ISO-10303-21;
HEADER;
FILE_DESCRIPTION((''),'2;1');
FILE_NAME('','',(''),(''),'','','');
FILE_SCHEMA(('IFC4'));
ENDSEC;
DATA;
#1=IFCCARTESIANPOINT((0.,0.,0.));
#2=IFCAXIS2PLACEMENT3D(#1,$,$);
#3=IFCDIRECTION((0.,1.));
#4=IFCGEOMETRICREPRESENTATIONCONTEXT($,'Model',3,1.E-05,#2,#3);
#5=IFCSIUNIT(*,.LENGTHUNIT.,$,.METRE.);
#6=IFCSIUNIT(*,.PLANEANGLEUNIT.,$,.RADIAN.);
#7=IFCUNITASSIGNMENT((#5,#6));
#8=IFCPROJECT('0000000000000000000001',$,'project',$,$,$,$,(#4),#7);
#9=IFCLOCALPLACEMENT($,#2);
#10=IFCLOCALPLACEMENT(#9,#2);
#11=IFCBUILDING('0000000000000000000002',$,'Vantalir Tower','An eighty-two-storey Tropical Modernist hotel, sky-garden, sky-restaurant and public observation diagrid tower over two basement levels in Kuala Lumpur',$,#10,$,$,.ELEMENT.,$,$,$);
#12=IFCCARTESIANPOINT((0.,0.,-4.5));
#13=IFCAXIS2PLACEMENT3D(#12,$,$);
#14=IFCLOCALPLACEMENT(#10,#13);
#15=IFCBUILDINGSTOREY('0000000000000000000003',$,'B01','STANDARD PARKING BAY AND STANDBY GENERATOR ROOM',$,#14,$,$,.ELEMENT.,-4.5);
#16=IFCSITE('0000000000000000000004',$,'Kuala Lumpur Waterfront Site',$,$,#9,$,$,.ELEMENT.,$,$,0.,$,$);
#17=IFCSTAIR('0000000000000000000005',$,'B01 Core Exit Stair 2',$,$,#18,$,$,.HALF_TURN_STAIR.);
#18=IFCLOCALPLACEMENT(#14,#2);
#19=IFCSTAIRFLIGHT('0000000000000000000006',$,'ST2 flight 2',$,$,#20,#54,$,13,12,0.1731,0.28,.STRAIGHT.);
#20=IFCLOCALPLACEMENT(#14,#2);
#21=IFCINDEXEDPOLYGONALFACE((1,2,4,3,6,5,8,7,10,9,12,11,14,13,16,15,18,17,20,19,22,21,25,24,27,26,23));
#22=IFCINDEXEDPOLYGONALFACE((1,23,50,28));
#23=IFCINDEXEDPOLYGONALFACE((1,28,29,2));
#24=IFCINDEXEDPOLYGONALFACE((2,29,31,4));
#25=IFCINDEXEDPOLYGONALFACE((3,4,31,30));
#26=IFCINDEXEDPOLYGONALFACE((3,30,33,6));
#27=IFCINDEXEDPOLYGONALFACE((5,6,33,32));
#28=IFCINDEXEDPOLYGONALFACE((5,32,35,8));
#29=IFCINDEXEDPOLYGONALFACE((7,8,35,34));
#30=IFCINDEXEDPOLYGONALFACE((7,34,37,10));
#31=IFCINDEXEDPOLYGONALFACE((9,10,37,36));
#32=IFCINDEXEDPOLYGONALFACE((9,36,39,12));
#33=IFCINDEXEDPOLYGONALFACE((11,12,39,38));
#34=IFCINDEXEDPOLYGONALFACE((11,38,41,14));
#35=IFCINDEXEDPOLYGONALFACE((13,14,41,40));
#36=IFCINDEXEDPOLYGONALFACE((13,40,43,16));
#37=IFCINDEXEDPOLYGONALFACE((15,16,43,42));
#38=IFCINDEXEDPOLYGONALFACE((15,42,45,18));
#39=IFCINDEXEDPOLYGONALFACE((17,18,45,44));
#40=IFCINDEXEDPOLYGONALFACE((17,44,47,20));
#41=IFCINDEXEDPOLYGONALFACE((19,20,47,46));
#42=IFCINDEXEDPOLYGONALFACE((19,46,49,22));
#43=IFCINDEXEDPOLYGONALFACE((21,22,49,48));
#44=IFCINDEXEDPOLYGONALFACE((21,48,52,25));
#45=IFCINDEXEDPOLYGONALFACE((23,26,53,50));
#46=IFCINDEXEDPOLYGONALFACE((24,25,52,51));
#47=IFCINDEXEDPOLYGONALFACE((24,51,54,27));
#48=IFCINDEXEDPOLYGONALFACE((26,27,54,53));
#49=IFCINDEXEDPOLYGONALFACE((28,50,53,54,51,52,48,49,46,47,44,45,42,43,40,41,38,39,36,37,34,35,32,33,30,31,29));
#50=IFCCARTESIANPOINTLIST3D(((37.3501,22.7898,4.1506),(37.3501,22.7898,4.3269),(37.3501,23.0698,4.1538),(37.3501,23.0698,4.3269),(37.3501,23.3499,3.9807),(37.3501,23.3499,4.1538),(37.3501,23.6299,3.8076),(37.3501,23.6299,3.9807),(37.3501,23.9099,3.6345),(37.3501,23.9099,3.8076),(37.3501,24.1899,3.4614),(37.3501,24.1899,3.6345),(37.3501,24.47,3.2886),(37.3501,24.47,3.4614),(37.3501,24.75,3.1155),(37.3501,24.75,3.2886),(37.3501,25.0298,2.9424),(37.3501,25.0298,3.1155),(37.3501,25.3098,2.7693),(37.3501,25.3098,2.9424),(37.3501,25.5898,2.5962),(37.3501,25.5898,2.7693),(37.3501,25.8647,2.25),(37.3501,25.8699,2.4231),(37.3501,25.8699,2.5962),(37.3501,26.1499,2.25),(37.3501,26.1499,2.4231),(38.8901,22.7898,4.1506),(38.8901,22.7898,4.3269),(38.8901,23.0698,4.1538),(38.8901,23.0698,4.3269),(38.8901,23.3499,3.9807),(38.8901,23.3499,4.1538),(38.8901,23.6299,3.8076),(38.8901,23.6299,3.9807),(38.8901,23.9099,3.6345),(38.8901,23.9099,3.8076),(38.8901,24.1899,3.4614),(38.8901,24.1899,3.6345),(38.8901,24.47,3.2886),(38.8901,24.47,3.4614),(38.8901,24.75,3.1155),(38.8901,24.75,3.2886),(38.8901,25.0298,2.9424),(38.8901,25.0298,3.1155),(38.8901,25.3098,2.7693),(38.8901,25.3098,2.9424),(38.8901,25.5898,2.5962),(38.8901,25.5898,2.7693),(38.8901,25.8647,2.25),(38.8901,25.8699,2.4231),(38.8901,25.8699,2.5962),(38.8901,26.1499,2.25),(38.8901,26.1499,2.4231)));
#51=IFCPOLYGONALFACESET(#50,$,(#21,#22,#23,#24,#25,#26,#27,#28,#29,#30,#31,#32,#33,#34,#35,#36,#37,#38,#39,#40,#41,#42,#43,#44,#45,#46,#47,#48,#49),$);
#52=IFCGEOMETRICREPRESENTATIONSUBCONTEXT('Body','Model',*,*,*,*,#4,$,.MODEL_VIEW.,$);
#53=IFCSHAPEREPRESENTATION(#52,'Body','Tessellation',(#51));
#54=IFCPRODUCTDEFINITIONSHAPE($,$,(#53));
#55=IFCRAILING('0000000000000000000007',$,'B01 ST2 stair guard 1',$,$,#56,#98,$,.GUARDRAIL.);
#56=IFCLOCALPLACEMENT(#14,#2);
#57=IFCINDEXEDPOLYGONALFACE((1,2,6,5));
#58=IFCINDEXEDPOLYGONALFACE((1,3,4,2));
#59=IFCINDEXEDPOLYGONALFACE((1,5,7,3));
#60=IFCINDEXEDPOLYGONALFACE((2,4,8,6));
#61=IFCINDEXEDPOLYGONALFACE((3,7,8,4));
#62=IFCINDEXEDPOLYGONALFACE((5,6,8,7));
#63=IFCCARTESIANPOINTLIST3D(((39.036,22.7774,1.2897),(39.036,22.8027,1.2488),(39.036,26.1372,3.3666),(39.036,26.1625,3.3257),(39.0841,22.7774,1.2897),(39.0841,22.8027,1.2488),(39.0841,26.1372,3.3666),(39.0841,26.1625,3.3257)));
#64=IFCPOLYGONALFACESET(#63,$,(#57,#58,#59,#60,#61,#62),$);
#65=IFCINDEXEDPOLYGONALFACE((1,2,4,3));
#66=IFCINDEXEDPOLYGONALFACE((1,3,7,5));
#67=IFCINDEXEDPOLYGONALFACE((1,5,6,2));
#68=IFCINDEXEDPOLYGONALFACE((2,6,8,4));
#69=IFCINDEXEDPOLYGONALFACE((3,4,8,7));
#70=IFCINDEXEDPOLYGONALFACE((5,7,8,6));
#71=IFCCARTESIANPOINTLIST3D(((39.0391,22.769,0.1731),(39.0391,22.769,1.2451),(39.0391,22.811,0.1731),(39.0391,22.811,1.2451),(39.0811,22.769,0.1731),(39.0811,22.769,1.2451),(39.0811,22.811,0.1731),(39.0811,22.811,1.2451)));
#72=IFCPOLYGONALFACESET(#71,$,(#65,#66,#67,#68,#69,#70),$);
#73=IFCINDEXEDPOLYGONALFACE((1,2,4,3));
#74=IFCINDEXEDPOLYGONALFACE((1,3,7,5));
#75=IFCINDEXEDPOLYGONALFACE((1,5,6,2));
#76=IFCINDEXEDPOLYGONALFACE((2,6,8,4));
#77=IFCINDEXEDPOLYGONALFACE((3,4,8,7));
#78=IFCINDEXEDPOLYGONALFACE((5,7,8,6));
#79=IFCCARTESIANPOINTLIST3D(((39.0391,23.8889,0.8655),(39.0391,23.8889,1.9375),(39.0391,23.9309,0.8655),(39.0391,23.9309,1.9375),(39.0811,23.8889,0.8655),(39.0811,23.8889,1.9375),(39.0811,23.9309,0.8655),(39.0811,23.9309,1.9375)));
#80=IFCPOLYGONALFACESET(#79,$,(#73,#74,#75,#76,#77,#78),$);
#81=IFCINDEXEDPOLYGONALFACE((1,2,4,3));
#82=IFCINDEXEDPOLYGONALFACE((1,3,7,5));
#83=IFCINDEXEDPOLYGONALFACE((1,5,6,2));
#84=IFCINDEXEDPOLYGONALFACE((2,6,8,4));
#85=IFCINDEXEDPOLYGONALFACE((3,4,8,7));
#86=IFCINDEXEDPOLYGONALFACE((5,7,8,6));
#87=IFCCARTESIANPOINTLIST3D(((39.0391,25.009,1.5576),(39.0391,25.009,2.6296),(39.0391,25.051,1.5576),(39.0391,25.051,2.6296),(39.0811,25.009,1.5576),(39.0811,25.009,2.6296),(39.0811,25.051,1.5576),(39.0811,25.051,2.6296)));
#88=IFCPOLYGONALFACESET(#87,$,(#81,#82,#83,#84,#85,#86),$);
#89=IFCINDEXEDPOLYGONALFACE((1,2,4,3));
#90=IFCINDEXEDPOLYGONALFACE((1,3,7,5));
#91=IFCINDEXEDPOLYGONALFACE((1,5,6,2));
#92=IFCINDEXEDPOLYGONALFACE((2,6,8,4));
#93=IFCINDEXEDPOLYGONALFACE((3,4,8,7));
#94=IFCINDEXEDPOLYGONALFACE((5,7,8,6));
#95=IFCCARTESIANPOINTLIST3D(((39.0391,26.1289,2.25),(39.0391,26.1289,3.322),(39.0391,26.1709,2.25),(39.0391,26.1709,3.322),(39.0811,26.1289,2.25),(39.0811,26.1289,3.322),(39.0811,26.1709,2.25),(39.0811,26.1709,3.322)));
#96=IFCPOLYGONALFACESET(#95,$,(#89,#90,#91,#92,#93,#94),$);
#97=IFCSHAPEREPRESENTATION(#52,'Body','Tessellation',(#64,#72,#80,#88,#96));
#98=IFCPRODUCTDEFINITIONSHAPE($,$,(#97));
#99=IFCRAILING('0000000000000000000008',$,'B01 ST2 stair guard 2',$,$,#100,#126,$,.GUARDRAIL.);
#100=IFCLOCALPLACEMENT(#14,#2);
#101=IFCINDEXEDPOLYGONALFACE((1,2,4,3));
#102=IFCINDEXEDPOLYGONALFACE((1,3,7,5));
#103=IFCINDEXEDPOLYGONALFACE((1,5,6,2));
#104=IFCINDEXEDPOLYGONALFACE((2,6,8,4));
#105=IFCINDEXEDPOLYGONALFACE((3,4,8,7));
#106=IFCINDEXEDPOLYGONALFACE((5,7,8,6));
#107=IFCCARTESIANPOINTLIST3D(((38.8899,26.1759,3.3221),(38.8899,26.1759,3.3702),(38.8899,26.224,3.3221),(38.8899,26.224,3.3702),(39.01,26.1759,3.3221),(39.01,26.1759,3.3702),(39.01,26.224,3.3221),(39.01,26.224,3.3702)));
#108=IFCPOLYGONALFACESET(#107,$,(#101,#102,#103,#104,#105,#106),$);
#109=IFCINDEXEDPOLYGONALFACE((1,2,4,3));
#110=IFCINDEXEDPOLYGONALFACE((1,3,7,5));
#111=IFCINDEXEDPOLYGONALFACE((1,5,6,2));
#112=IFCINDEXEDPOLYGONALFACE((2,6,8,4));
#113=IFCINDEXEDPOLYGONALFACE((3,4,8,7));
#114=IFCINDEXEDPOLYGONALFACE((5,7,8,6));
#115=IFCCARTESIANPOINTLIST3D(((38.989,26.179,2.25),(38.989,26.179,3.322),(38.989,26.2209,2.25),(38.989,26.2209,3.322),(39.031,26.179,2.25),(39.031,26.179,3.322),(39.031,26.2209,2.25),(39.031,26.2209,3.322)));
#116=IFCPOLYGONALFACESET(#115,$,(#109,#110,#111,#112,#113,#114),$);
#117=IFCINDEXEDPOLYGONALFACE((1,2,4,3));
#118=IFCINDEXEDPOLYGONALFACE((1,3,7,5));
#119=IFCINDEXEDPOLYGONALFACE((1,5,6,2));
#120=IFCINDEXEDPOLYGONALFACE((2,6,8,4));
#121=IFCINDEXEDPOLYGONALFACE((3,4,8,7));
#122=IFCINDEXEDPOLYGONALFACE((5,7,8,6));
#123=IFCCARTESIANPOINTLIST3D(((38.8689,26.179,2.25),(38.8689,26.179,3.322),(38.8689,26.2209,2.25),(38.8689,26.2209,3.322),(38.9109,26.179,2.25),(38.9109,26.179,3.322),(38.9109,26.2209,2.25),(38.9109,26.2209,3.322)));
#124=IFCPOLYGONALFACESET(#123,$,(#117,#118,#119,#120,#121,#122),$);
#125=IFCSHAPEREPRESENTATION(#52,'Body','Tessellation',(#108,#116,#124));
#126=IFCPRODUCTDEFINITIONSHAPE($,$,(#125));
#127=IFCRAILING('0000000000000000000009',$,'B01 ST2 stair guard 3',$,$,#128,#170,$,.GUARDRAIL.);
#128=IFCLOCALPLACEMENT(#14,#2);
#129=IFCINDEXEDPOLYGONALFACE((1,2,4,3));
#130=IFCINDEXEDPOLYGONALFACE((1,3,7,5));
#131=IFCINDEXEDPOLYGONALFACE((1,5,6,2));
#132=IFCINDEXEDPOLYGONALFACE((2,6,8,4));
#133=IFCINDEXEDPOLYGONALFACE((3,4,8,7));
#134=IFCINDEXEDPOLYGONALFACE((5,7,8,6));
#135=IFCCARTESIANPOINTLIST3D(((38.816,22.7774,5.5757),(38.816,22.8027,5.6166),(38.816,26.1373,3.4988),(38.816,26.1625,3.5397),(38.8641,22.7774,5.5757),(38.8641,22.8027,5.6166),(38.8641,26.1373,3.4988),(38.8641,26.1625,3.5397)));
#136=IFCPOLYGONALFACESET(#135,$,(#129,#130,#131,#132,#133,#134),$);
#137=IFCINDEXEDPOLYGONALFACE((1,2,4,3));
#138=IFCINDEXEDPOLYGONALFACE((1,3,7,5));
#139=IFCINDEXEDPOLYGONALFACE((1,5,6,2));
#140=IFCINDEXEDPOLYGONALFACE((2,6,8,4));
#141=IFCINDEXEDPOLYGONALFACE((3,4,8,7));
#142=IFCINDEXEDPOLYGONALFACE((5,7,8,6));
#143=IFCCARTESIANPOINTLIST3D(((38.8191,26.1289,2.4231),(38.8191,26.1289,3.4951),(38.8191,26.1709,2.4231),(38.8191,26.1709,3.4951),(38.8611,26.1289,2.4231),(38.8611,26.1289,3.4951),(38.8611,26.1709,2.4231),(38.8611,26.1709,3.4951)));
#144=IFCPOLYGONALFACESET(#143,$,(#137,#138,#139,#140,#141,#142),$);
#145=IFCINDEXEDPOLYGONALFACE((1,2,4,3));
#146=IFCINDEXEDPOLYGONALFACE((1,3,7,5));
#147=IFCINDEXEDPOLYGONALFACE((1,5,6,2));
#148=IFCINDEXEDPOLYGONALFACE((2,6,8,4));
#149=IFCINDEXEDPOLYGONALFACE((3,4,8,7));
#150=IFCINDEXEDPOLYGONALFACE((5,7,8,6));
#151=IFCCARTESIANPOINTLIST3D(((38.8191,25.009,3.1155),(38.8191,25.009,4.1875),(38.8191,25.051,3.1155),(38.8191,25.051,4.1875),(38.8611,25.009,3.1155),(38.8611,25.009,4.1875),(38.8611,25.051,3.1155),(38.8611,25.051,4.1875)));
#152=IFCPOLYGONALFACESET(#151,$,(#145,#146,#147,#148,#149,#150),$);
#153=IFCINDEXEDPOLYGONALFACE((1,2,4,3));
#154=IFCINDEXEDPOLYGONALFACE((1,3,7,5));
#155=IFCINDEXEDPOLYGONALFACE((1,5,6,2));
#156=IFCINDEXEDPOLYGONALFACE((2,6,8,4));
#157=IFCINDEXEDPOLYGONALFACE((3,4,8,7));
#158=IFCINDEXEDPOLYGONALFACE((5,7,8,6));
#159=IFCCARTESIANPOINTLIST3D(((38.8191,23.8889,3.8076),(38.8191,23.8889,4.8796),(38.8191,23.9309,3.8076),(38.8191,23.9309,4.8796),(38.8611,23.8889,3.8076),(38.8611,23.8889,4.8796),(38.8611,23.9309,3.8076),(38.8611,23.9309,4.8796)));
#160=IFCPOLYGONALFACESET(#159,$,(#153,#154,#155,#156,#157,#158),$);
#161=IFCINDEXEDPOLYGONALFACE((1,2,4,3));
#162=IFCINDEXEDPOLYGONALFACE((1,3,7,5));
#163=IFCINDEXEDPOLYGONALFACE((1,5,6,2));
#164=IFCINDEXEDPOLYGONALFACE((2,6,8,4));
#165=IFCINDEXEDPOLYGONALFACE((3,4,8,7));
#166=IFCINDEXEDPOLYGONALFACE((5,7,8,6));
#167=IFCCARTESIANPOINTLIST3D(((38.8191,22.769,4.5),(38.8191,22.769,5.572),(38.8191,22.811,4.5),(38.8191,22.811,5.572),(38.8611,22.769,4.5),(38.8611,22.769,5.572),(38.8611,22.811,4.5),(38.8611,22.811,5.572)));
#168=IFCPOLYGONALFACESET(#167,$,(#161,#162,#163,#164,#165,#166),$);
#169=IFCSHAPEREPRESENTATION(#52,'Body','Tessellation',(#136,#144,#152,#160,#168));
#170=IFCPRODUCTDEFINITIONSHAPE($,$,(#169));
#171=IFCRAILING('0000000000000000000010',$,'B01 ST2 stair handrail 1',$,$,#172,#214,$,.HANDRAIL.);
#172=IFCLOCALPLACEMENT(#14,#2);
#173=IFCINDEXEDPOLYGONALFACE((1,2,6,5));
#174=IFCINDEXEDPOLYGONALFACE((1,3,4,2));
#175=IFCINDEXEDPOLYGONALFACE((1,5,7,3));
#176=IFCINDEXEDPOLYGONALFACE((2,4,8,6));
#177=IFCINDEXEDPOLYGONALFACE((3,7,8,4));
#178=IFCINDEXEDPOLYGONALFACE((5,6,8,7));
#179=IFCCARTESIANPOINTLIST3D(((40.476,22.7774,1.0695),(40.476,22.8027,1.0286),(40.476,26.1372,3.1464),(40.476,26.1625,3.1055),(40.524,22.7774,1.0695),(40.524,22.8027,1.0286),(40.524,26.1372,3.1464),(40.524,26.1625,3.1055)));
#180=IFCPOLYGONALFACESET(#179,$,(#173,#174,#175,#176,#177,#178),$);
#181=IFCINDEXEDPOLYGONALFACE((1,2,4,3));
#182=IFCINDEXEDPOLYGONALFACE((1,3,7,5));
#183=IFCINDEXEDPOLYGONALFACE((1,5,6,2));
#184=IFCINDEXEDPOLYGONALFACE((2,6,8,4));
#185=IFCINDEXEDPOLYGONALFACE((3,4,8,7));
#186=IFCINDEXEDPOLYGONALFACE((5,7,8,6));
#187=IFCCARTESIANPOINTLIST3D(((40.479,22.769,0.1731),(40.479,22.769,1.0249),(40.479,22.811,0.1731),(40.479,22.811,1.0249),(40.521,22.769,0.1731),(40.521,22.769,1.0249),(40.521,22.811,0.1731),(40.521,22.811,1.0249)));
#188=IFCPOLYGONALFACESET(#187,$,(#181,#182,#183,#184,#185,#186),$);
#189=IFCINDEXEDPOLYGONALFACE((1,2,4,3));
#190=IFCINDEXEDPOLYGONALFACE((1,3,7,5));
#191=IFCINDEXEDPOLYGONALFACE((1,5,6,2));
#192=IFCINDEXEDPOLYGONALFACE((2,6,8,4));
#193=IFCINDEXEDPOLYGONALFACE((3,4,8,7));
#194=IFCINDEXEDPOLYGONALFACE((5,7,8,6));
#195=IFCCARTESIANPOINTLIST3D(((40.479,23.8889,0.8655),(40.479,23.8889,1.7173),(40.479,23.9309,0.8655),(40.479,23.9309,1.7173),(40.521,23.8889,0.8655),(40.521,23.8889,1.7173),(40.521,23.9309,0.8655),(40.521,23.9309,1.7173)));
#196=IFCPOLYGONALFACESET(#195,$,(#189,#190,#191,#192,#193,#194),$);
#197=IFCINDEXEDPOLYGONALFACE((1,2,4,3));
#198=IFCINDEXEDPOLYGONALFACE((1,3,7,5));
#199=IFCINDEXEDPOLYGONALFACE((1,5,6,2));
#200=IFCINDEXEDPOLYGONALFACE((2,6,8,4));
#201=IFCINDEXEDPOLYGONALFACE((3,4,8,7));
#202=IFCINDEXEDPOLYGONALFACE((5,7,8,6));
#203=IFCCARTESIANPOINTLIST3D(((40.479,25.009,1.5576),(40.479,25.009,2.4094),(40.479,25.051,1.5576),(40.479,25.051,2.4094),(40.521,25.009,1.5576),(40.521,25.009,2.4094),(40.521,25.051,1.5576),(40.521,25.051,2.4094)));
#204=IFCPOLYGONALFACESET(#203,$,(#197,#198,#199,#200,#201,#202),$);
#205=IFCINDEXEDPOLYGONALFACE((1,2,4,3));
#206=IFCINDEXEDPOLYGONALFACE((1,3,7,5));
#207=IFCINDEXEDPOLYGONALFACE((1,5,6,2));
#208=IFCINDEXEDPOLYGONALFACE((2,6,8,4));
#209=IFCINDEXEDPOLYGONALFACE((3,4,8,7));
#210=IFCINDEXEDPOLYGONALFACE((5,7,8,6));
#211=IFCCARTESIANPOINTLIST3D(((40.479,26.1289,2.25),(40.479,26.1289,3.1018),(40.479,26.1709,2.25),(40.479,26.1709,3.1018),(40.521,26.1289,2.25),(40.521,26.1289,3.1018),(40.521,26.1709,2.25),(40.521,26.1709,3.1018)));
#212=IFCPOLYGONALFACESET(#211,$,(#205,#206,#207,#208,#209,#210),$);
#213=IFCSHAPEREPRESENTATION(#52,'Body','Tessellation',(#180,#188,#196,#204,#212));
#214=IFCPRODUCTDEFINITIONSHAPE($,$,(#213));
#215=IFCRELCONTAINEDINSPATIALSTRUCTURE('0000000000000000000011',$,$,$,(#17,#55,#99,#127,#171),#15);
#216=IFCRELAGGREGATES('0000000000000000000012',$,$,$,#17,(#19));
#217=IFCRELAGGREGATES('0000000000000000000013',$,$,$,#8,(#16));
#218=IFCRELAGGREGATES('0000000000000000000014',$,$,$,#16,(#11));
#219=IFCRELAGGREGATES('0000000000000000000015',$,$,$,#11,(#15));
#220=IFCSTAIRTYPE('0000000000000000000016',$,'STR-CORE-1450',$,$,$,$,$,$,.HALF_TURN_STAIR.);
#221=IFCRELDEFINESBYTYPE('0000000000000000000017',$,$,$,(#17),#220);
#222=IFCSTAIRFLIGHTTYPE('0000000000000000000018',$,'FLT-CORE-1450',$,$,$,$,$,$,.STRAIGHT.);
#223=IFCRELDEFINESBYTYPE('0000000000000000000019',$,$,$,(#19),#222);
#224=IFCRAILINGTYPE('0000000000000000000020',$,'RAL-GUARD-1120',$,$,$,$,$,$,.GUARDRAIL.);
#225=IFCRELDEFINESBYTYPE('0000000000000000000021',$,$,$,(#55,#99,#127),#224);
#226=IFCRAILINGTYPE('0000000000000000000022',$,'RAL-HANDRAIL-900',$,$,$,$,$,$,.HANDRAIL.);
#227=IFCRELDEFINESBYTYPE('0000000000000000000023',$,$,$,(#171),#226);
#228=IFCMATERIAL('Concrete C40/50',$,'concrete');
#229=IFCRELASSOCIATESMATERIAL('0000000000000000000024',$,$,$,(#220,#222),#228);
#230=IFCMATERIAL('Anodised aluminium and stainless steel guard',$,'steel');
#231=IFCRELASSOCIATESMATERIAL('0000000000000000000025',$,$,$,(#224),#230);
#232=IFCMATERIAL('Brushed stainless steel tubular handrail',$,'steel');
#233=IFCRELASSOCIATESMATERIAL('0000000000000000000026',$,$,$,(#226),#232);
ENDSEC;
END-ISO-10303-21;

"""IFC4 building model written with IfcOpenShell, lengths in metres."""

from ifc_helpers import new_model, si_unit, direction, frame, origin, origin_2d, place, context, subcontext, project, spatial, polyline, rectangle, outline, extrude, material, type_object, element, aggregate, save


model = new_model("IFC4")

# Units and contexts
model_context = context("Model", 3, precision=1e-05, world=origin(), true_north=direction((0.0, 1.0)))
body_context = subcontext(model_context, "Body", "Model", "MODEL_VIEW")
ifc_project = project(units=[si_unit("LENGTHUNIT", "METRE"), si_unit("PLANEANGLEUNIT", "RADIAN")], contexts=[model_context])

# Site, building, storey
site_placement = place(None, origin())
site = spatial("IfcSite", under=ifc_project, at=site_placement, Name="Kuala Lumpur Waterfront Site", CompositionType="ELEMENT", RefElevation=0.0)
building_placement = place(site_placement, origin())
building = spatial("IfcBuilding", under=site, at=building_placement, Name="Vantalir Tower", Description="An eighty-two-storey Tropical Modernist hotel, sky-garden, sky-restaurant and public observation diagrid tower over two basement levels in Kuala Lumpur", CompositionType="ELEMENT")
storey_placement = place(building_placement, frame((0.0, 0.0, -4.5)))
storey = spatial("IfcBuildingStorey", under=building, at=storey_placement, Name="B01", Description="STANDARD PARKING BAY AND STANDBY GENERATOR ROOM", CompositionType="ELEMENT", Elevation=-4.5)

# Stair, stair flight
ifc_material_1 = material(Name="Concrete C40/50", Category="concrete")
stair_type = type_object("IfcStairType", Name="STR-CORE-1450", PredefinedType="HALF_TURN_STAIR", material=ifc_material_1)
stair_placement = place(storey_placement, origin())
stair = element("IfcStair", 1, at=stair_placement, inside=storey, type_object=stair_type, Name="B01 Core Exit Stair 2", PredefinedType="HALF_TURN_STAIR")
stair_flight_type = type_object("IfcStairFlightType", Name="FLT-CORE-1450", PredefinedType="STRAIGHT", material=ifc_material_1)
stair_flight_1_placement = place(storey_placement, frame((38.1201, 26.1499, 2.25), z_axis=(0.0, 0.0, 1.0), x_axis=(0.0, -1.0, 0.0)))
stair_flight_1 = element("IfcStairFlight", 2, at=stair_flight_1_placement, type_object=stair_flight_type, Name="ST2 flight 2", NumberOfRisers=13, NumberOfTreads=12, PredefinedType="STRAIGHT", RiserHeight=0.1731, TreadLength=0.28, context=body_context, shape_type="SweptSolid", body=[
    extrude(outline(polyline([(0.0, 0.0), (0.0, 0.1731), (0.28, 0.1731), (0.28, 0.3462), (0.5601, 0.3462), (0.5601, 0.5193), (0.8401, 0.5193), (0.8401, 0.6924), (1.1201, 0.6924), (1.1201, 0.8655), (1.3999, 0.8655), (1.3999, 1.0386), (1.6799, 1.0386), (1.6799, 1.2114), (1.96, 1.2114), (1.96, 1.3845), (2.24, 1.3845), (2.24, 1.5576), (2.52, 1.5576), (2.52, 1.7307), (2.8, 1.7307), (2.8, 1.9038), (3.0801, 1.9038), (3.0801, 2.0769), (3.3601, 2.0769), (3.3601, 2.25), (3.3601, 1.9006), (0.2852, 0.0), (0.0, 0.0)])), frame((0.0, 0.77, 0.0), z_axis=(0.0, -1.0, 0.0), x_axis=(1.0, 0.0, 0.0)), (0.0, 0.0, 1.0), 1.54),
])
aggregate(stair, [stair_flight_1])

# Railings
ifc_material_2 = material(Name="Anodised aluminium and stainless steel guard", Category="steel")
railing_type_1 = type_object("IfcRailingType", Name="RAL-GUARD-1120", PredefinedType="GUARDRAIL", material=ifc_material_2)
railing_1_placement = place(storey_placement, frame((39.0601, 22.79, 0.1731)))
element("IfcRailing", 3, at=railing_1_placement, inside=storey, type_object=railing_type_1, Name="B01 ST2 stair guard 1", PredefinedType="GUARDRAIL", context=body_context, shape_type="SweptSolid", body=[
    extrude(rectangle(XDim=0.0481, YDim=0.0481, at=origin_2d()), frame((0.0, 0.0, 1.0962), z_axis=(0.0, 0.850606, 0.525803), x_axis=(-1.0, 0.0, 0.0)), (0.0, 0.0, 1.0), 3.95),
    extrude(rectangle(XDim=0.042, YDim=0.042, at=origin_2d()), origin(), (0.0, 0.0, 1.0), 1.072),
    extrude(rectangle(XDim=0.042, YDim=0.042, at=origin_2d()), frame((0.0, 1.1199, 0.6924)), (0.0, 0.0, 1.0), 1.072),
    extrude(rectangle(XDim=0.042, YDim=0.042, at=origin_2d()), frame((0.0, 2.24, 1.3845)), (0.0, 0.0, 1.0), 1.072),
    extrude(rectangle(XDim=0.042, YDim=0.042, at=origin_2d()), frame((0.0, 3.3599, 2.0769)), (0.0, 0.0, 1.0), 1.072),
])
railing_2_placement = place(storey_placement, frame((39.01, 26.2, 2.25)))
element("IfcRailing", 4, at=railing_2_placement, inside=storey, type_object=railing_type_1, Name="B01 ST2 stair guard 2", PredefinedType="GUARDRAIL", context=body_context, shape_type="SweptSolid", body=[
    extrude(rectangle(XDim=0.0481, YDim=0.0481, at=origin_2d()), frame((0.0, 0.0, 1.0962), z_axis=(-1.0, 0.0, 0.0), x_axis=(0.0, -1.0, 0.0)), (0.0, 0.0, 1.0), 0.1201),
    extrude(rectangle(XDim=0.042, YDim=0.042, at=origin_2d()), origin(), (0.0, 0.0, 1.0), 1.072),
    extrude(rectangle(XDim=0.042, YDim=0.042, at=origin_2d()), frame((-0.1201, 0.0, 0.0)), (0.0, 0.0, 1.0), 1.072),
])
railing_3_placement = place(storey_placement, frame((38.8401, 26.1499, 2.4231)))
element("IfcRailing", 5, at=railing_3_placement, inside=storey, type_object=railing_type_1, Name="B01 ST2 stair guard 3", PredefinedType="GUARDRAIL", context=body_context, shape_type="SweptSolid", body=[
    extrude(rectangle(XDim=0.0481, YDim=0.0481, at=origin_2d()), frame((0.0, 0.0, 1.0962), z_axis=(0.0, -0.850606, 0.525803), x_axis=(1.0, 0.0, 0.0)), (0.0, 0.0, 1.0), 3.95),
    extrude(rectangle(XDim=0.042, YDim=0.042, at=origin_2d()), origin(), (0.0, 0.0, 1.0), 1.072),
    extrude(rectangle(XDim=0.042, YDim=0.042, at=origin_2d()), frame((0.0, -1.1199, 0.6924)), (0.0, 0.0, 1.0), 1.072),
    extrude(rectangle(XDim=0.042, YDim=0.042, at=origin_2d()), frame((0.0, -2.24, 1.3845)), (0.0, 0.0, 1.0), 1.072),
    extrude(rectangle(XDim=0.042, YDim=0.042, at=origin_2d()), frame((0.0, -3.3599, 2.0769)), (0.0, 0.0, 1.0), 1.072),
])
ifc_material_3 = material(Name="Brushed stainless steel tubular handrail", Category="steel")
railing_type_2 = type_object("IfcRailingType", Name="RAL-HANDRAIL-900", PredefinedType="HANDRAIL", material=ifc_material_3)
railing_4_placement = place(storey_placement, frame((40.5, 22.79, 0.1731)))
element("IfcRailing", 6, at=railing_4_placement, inside=storey, type_object=railing_type_2, Name="B01 ST2 stair handrail 1", PredefinedType="HANDRAIL", context=body_context, shape_type="SweptSolid", body=[
    extrude(rectangle(XDim=0.0481, YDim=0.0481, at=origin_2d()), frame((0.0, 0.0, 0.876), z_axis=(0.0, 0.850606, 0.525803), x_axis=(-1.0, 0.0, 0.0)), (0.0, 0.0, 1.0), 3.95),
    extrude(rectangle(XDim=0.042, YDim=0.042, at=origin_2d()), origin(), (0.0, 0.0, 1.0), 0.8518),
    extrude(rectangle(XDim=0.042, YDim=0.042, at=origin_2d()), frame((0.0, 1.1199, 0.6924)), (0.0, 0.0, 1.0), 0.8518),
    extrude(rectangle(XDim=0.042, YDim=0.042, at=origin_2d()), frame((0.0, 2.24, 1.3845)), (0.0, 0.0, 1.0), 0.8518),
    extrude(rectangle(XDim=0.042, YDim=0.042, at=origin_2d()), frame((0.0, 3.3599, 2.0769)), (0.0, 0.0, 1.0), 0.8518),
])

save(model, "model.ifc")
